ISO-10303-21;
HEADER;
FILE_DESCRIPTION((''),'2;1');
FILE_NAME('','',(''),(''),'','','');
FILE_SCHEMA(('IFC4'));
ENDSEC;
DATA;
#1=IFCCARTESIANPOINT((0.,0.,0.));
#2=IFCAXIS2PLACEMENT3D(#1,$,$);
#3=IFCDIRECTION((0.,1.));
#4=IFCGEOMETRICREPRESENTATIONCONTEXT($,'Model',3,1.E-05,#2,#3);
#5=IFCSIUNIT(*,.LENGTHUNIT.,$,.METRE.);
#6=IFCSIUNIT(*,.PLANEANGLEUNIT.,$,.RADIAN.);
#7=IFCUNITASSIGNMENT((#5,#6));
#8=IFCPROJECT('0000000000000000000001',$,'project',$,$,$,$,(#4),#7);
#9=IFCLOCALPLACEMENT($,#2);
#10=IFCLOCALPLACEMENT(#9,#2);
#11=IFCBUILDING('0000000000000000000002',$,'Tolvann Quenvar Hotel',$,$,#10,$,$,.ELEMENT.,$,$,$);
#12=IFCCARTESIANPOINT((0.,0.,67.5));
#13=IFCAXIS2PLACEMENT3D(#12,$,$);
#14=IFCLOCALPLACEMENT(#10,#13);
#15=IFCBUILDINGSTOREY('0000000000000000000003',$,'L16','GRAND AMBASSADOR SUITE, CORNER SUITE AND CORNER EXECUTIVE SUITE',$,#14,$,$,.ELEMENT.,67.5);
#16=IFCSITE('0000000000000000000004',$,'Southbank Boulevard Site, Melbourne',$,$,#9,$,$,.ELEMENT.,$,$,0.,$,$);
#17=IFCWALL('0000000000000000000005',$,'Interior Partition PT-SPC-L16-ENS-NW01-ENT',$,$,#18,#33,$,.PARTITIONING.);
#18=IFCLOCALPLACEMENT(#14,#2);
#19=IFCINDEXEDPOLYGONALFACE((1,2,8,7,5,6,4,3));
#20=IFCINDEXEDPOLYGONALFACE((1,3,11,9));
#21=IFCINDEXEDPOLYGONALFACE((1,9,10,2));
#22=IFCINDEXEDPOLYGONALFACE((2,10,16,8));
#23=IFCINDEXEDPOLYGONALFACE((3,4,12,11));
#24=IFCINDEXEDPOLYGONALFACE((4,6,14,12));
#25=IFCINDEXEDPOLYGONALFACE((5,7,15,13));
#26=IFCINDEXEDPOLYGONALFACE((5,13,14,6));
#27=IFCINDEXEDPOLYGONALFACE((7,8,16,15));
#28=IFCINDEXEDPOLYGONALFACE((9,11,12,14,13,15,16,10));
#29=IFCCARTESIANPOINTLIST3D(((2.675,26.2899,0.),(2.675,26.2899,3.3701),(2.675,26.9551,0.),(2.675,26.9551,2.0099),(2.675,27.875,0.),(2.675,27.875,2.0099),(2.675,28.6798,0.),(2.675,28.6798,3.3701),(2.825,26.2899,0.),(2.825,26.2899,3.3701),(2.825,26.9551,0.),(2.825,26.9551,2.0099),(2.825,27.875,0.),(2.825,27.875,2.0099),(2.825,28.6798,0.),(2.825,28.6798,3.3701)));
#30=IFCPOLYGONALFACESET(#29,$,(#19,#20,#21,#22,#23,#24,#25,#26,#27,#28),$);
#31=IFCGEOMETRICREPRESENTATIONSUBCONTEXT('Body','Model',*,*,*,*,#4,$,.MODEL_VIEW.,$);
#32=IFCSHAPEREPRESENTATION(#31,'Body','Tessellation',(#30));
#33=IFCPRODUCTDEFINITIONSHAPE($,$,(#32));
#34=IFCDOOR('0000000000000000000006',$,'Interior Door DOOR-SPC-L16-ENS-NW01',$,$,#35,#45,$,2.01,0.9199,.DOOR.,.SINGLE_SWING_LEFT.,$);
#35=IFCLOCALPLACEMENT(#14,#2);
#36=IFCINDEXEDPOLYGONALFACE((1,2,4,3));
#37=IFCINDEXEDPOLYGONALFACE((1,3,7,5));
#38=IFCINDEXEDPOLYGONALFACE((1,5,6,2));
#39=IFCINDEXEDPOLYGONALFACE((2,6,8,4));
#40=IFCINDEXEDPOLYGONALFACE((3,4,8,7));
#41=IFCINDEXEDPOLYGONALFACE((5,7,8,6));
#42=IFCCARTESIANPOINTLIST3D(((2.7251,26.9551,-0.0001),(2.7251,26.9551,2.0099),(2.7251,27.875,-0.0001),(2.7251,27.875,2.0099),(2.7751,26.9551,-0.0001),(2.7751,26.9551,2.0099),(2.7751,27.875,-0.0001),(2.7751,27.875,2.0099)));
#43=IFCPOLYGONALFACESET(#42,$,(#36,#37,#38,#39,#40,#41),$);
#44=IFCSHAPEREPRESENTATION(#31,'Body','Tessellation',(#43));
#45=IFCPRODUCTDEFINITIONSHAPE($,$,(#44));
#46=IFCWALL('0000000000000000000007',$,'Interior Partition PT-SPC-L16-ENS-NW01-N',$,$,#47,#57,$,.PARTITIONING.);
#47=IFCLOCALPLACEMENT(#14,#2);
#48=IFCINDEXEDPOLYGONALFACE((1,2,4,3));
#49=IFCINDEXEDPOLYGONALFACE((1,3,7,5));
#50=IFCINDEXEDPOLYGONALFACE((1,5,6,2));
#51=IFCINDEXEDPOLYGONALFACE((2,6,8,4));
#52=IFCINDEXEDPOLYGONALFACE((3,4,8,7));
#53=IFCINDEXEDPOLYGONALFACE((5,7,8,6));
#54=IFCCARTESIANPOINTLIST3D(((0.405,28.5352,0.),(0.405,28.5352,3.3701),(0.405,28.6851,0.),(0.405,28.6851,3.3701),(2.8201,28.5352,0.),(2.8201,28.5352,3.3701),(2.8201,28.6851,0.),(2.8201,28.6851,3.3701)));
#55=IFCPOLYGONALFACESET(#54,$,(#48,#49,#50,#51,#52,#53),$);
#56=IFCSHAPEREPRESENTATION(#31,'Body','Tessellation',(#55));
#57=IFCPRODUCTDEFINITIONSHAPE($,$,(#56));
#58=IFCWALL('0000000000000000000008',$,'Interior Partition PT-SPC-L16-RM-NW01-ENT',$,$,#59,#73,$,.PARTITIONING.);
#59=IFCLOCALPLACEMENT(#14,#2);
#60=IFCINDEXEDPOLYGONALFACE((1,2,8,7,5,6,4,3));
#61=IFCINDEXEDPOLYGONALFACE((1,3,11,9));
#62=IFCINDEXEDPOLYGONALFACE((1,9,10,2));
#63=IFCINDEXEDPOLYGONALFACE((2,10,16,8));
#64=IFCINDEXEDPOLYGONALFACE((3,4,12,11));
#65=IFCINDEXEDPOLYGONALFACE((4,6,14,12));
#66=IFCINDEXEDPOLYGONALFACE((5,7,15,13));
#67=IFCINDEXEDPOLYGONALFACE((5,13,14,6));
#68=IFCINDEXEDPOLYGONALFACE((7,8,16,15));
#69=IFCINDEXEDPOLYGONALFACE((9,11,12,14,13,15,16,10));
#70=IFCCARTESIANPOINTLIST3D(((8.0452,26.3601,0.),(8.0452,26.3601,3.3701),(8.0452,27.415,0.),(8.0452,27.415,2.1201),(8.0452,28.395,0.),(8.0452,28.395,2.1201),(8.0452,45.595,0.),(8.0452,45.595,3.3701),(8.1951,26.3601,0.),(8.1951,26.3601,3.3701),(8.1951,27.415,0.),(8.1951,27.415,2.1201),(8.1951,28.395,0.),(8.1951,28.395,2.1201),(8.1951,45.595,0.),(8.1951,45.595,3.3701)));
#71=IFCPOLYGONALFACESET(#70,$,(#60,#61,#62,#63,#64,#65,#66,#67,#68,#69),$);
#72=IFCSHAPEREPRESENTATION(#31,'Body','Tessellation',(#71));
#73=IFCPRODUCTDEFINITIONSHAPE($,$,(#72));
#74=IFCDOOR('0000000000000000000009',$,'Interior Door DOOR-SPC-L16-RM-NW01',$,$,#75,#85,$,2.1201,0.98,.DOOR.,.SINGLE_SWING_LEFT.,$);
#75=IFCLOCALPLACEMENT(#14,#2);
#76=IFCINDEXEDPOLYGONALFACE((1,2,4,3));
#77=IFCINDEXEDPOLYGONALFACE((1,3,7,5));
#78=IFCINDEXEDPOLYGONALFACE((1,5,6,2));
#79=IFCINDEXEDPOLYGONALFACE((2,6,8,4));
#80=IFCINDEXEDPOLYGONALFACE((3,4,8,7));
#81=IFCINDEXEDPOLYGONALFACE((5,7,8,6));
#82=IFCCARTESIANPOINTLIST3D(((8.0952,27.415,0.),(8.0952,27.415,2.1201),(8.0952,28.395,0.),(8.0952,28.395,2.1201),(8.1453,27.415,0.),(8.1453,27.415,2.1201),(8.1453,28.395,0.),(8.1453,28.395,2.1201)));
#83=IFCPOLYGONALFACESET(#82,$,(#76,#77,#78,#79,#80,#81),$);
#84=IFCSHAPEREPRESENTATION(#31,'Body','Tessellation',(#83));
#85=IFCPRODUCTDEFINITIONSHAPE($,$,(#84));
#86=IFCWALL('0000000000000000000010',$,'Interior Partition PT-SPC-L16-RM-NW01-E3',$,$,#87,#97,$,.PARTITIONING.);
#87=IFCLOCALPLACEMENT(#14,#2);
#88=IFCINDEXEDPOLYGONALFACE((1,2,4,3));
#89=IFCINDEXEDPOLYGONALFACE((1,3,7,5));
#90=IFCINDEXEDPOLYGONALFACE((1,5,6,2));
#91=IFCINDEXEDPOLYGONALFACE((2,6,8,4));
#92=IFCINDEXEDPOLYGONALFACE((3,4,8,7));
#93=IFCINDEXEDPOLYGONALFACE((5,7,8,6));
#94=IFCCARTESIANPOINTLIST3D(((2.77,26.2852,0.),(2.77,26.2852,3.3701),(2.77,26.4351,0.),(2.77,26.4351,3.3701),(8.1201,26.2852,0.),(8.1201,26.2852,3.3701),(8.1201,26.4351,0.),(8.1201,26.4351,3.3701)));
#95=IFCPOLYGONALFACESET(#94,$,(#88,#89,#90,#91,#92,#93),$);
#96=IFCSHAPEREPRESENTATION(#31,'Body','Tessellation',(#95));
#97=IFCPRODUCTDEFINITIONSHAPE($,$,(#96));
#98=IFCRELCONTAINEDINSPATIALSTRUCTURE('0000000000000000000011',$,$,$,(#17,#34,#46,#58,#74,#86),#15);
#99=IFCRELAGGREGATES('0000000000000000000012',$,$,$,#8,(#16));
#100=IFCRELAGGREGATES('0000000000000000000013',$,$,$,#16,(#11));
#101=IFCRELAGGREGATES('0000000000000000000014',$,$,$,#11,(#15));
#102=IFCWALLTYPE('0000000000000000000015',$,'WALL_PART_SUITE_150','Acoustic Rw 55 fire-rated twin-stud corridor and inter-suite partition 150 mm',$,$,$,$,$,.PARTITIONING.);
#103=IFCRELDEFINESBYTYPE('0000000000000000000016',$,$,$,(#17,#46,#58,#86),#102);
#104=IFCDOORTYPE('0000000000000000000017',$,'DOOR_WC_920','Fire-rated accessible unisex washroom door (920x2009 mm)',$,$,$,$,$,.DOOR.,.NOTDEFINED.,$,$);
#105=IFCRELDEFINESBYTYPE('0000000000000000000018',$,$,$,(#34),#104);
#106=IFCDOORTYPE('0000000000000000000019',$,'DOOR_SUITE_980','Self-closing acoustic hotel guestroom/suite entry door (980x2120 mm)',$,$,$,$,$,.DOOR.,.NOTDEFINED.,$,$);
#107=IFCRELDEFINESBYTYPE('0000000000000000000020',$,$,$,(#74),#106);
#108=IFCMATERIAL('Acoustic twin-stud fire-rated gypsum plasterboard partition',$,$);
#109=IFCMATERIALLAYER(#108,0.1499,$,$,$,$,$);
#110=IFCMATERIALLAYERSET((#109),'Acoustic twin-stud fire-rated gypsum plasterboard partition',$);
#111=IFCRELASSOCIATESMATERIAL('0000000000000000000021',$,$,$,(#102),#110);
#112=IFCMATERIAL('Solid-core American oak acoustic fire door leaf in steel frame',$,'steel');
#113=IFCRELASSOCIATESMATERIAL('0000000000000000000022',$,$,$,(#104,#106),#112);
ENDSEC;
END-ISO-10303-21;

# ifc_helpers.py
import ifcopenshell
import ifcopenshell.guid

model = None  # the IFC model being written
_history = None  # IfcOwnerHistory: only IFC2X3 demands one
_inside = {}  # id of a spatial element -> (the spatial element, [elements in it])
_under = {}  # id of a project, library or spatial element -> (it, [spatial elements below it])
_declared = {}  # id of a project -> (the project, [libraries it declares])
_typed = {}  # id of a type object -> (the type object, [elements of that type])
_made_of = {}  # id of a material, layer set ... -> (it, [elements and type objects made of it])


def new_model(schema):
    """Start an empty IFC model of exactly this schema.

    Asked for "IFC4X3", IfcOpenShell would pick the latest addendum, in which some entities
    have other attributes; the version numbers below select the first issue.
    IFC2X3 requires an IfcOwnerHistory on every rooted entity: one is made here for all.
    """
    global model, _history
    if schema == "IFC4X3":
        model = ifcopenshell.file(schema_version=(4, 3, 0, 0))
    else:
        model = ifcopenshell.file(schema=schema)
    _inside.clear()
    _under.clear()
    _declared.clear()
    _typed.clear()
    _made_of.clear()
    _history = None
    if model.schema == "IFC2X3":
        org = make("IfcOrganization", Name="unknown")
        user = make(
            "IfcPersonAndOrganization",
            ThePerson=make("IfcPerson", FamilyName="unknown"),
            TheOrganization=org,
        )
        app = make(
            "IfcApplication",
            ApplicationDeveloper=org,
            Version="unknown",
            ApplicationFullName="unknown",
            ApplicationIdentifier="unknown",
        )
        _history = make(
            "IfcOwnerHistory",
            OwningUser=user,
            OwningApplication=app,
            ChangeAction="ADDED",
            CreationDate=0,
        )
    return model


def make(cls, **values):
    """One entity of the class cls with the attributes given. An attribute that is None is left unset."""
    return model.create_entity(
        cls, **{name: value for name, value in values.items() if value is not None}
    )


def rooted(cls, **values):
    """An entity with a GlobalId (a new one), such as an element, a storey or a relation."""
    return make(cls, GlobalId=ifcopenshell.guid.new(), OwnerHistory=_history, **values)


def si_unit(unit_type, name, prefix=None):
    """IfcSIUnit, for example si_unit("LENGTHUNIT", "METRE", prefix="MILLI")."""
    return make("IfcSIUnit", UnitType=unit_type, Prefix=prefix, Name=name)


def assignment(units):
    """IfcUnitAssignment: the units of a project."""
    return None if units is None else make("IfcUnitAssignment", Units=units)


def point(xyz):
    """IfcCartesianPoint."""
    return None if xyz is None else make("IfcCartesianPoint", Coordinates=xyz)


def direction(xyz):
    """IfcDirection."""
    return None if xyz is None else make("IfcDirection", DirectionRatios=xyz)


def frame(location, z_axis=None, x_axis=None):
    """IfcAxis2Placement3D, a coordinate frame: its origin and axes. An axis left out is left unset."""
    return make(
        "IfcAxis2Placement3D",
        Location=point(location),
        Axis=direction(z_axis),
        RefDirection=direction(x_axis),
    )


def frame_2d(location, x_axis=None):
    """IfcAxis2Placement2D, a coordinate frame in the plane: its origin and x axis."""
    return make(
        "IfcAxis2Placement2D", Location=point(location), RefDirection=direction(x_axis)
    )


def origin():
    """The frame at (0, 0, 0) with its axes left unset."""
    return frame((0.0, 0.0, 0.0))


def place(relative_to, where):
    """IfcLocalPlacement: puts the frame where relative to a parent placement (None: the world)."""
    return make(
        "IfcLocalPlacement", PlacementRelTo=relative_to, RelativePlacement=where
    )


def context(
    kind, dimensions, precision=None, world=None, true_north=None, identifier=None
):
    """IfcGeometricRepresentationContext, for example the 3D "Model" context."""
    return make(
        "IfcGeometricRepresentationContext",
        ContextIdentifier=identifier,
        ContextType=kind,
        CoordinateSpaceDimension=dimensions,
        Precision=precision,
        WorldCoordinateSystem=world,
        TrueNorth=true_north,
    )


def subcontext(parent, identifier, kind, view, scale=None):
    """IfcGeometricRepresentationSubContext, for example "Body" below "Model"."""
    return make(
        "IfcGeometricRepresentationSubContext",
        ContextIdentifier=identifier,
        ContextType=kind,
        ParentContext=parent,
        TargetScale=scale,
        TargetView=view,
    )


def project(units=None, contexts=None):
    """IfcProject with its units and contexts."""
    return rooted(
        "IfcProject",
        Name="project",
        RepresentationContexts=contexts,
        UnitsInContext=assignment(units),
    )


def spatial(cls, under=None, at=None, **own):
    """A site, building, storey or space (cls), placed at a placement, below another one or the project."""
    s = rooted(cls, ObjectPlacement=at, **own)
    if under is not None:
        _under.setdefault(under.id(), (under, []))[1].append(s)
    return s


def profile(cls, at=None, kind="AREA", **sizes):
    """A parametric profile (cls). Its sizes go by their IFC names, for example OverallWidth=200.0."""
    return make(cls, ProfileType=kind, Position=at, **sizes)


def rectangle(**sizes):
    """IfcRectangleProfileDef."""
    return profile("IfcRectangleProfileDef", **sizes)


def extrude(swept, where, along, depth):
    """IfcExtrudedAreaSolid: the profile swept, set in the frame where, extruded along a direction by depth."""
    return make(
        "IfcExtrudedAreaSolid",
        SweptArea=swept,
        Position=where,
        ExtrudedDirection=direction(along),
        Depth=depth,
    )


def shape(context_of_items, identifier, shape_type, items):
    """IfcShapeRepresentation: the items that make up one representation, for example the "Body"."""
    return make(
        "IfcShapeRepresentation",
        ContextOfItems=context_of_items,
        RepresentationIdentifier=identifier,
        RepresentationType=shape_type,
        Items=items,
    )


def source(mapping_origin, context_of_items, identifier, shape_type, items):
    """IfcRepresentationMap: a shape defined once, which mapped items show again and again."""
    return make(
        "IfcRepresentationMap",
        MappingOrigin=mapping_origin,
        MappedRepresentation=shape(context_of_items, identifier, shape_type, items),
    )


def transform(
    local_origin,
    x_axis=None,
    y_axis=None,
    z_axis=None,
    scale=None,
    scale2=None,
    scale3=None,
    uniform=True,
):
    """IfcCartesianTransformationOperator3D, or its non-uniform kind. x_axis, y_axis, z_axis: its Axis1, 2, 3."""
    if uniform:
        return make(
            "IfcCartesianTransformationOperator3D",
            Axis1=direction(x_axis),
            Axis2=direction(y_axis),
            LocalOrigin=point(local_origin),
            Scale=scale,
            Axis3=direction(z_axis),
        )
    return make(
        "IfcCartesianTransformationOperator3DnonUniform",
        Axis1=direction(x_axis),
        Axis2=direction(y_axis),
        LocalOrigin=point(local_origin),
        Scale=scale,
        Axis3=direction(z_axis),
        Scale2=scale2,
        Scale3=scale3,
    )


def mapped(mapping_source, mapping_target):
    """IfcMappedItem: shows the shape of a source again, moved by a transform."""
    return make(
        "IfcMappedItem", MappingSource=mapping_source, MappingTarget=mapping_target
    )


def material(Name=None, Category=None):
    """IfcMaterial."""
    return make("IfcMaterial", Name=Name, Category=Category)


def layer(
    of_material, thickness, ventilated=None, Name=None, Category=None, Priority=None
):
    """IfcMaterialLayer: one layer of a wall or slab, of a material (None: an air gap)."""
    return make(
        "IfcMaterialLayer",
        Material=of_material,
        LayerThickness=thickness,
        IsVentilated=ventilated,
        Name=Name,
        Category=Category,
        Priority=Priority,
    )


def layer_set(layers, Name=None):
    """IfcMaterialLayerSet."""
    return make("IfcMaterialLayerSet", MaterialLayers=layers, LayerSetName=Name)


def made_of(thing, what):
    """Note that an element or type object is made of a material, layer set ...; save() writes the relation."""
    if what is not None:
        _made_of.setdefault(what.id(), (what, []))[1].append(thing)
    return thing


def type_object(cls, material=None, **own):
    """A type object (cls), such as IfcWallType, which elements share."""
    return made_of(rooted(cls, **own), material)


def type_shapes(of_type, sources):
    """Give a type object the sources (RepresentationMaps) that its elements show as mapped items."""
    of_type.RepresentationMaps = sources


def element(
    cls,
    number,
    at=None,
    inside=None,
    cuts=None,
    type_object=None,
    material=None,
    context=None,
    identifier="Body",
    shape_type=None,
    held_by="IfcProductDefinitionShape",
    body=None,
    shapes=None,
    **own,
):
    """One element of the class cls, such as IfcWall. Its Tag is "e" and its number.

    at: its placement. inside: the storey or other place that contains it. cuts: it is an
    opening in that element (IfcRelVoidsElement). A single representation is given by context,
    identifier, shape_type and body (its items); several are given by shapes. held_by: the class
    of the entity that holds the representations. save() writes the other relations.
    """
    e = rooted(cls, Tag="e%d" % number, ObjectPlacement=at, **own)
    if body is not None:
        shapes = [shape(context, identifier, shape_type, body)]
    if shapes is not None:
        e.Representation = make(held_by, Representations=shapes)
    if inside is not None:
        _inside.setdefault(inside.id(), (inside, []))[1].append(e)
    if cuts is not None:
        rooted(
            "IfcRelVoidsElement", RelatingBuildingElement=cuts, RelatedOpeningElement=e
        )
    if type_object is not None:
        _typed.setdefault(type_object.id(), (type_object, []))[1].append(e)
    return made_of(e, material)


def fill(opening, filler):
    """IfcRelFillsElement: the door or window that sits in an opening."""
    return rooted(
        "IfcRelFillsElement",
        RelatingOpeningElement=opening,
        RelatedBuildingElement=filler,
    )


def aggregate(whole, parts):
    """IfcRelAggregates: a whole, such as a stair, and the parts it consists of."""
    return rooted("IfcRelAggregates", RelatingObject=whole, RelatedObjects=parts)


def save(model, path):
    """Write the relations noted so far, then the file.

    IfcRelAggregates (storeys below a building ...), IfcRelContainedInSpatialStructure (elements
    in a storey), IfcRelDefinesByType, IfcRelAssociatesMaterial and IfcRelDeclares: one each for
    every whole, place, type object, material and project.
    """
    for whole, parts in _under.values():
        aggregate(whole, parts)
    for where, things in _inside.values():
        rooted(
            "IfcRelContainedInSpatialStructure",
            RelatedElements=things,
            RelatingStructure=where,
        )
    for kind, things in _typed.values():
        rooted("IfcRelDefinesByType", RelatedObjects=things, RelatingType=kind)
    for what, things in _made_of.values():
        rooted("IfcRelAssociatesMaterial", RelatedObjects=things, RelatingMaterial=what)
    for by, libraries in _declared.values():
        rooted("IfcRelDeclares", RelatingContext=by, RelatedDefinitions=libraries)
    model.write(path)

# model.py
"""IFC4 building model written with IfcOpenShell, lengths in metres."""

from ifc_helpers import new_model, si_unit, direction, frame, frame_2d, origin, place, context, subcontext, project, spatial, rectangle, extrude, source, transform, mapped, material, layer, layer_set, type_object, type_shapes, element, fill, save


model = new_model("IFC4")

# Units and contexts
model_context = context("Model", 3, precision=1e-05, world=origin(), true_north=direction((0.0, 1.0)))
body_context = subcontext(model_context, "Body", "Model", "MODEL_VIEW")
ifc_project = project(units=[si_unit("LENGTHUNIT", "METRE"), si_unit("PLANEANGLEUNIT", "RADIAN")], contexts=[model_context])

# Site, building, storey
site_placement = place(None, origin())
site = spatial("IfcSite", under=ifc_project, at=site_placement, Name="Southbank Boulevard Site, Melbourne", CompositionType="ELEMENT", RefElevation=0.0)
building_placement = place(site_placement, origin())
building = spatial("IfcBuilding", under=site, at=building_placement, Name="Tolvann Quenvar Hotel", CompositionType="ELEMENT")
storey_placement = place(building_placement, frame((0.0, 0.0, 67.5)))
storey = spatial("IfcBuildingStorey", under=building, at=storey_placement, Name="L16", Description="GRAND AMBASSADOR SUITE, CORNER SUITE AND CORNER EXECUTIVE SUITE", CompositionType="ELEMENT", Elevation=67.5)

# Shared definitions
ifc_material_1 = material(Name="Solid-core American oak acoustic fire door leaf in steel frame", Category="steel")

# Shared definitions
ifc_material_2 = material(Name="Acoustic twin-stud fire-rated gypsum plasterboard partition")

# Wall, opening, door
ifc_layer_1 = layer(ifc_material_2, 0.1499)
ifc_layer_set_1 = layer_set([ifc_layer_1], Name="Acoustic twin-stud fire-rated gypsum plasterboard partition")
wall_type_1 = type_object("IfcWallType", Name="WALL_PART_SUITE_150", Description="Acoustic Rw 55 fire-rated twin-stud corridor and inter-suite partition 150 mm", PredefinedType="PARTITIONING", material=ifc_layer_set_1)
wall_1_placement = place(storey_placement, frame((2.75, 26.29, 0.0), z_axis=(0.0, 0.0, 1.0), x_axis=(0.0, 1.0, 0.0)))
wall_1 = element("IfcWall", 1, at=wall_1_placement, inside=storey, type_object=wall_type_1, Name="Interior Partition PT-SPC-L16-ENS-NW01-ENT", PredefinedType="PARTITIONING", context=body_context, shape_type="SweptSolid", body=[
    extrude(rectangle(XDim=2.3899, YDim=0.1499, at=frame_2d((1.1948, 0.0))), origin(), (0.0, 0.0, 1.0), 3.3701),
])
opening_1_placement = place(wall_1_placement, frame((0.665, 0.0, 0.0)))
opening_1 = element("IfcOpeningElement", 2, at=opening_1_placement, cuts=wall_1, PredefinedType="OPENING", context=body_context, shape_type="SweptSolid", body=[
    extrude(rectangle(XDim=0.9199, YDim=2.01, at=frame_2d((0.46, 1.0049))), frame((0.0, 0.085, 0.0), z_axis=(0.0, -1.0, 0.0), x_axis=(1.0, 0.0, 0.0)), (0.0, 0.0, 1.0), 0.1699),
])
door_type_1 = type_object("IfcDoorType", Name="DOOR_WC_920", Description="Fire-rated accessible unisex washroom door (920x2009 mm)", OperationType="NOTDEFINED", PredefinedType="DOOR", material=ifc_material_1)
shared_shape_1 = source(origin(), body_context, "Body", "SweptSolid", [
    extrude(rectangle(XDim=0.9199, YDim=2.01, at=frame_2d((0.46, 1.0049))), frame((0.0, 0.0249, 0.0), z_axis=(0.0, -1.0, 0.0), x_axis=(1.0, 0.0, 0.0)), (0.0, 0.0, 1.0), 0.05),
])
type_shapes(door_type_1, [shared_shape_1])
door_1_placement = place(opening_1_placement, origin())
door_1 = element("IfcDoor", 3, at=door_1_placement, inside=storey, type_object=door_type_1, Name="Interior Door DOOR-SPC-L16-ENS-NW01", OperationType="SINGLE_SWING_LEFT", OverallHeight=2.01, OverallWidth=0.9199, PredefinedType="DOOR", context=body_context, shape_type="MappedRepresentation", body=[
    mapped(shared_shape_1, transform((0.0, 0.0, 0.0), x_axis=(1.0, 0.0, 0.0), y_axis=(0.0, 1.0, 0.0), z_axis=(0.0, 0.0, 1.0), scale=1.0)),
])
fill(opening_1, door_1)

# Wall
wall_2_placement = place(storey_placement, frame((0.405, 28.6101, 0.0), z_axis=(0.0, 0.0, 1.0), x_axis=(1.0, 0.0, 0.0)))
element("IfcWall", 4, at=wall_2_placement, inside=storey, type_object=wall_type_1, Name="Interior Partition PT-SPC-L16-ENS-NW01-N", PredefinedType="PARTITIONING", context=body_context, shape_type="SweptSolid", body=[
    extrude(rectangle(XDim=2.415, YDim=0.1499, at=frame_2d((1.2075, 0.0))), origin(), (0.0, 0.0, 1.0), 3.3701),
])

# Wall, opening, door
wall_3_placement = place(storey_placement, frame((8.1201, 26.3601, 0.0), z_axis=(0.0, 0.0, 1.0), x_axis=(0.0, 1.0, 0.0)))
wall_3 = element("IfcWall", 5, at=wall_3_placement, inside=storey, type_object=wall_type_1, Name="Interior Partition PT-SPC-L16-RM-NW01-ENT", PredefinedType="PARTITIONING", context=body_context, shape_type="SweptSolid", body=[
    extrude(rectangle(XDim=19.2349, YDim=0.1499, at=frame_2d((9.6174, 0.0))), origin(), (0.0, 0.0, 1.0), 3.3701),
])
opening_2_placement = place(wall_3_placement, frame((1.0549, 0.0, 0.0)))
opening_2 = element("IfcOpeningElement", 6, at=opening_2_placement, cuts=wall_3, PredefinedType="OPENING", context=body_context, shape_type="SweptSolid", body=[
    extrude(rectangle(XDim=0.98, YDim=2.1201, at=frame_2d((0.49, 1.0601))), frame((0.0, 0.085, 0.0), z_axis=(0.0, -1.0, 0.0), x_axis=(1.0, 0.0, 0.0)), (0.0, 0.0, 1.0), 0.1699),
])
door_type_2 = type_object("IfcDoorType", Name="DOOR_SUITE_980", Description="Self-closing acoustic hotel guestroom/suite entry door (980x2120 mm)", OperationType="NOTDEFINED", PredefinedType="DOOR", material=ifc_material_1)
shared_shape_2 = source(origin(), body_context, "Body", "SweptSolid", [
    extrude(rectangle(XDim=0.98, YDim=2.1201, at=frame_2d((0.49, 1.0601))), frame((0.0, 0.0249, 0.0), z_axis=(0.0, -1.0, 0.0), x_axis=(1.0, 0.0, 0.0)), (0.0, 0.0, 1.0), 0.05),
])
type_shapes(door_type_2, [shared_shape_2])
door_2_placement = place(opening_2_placement, origin())
door_2 = element("IfcDoor", 7, at=door_2_placement, inside=storey, type_object=door_type_2, Name="Interior Door DOOR-SPC-L16-RM-NW01", OperationType="SINGLE_SWING_LEFT", OverallHeight=2.1201, OverallWidth=0.98, PredefinedType="DOOR", context=body_context, shape_type="MappedRepresentation", body=[
    mapped(shared_shape_2, transform((0.0, 0.0, 0.0), x_axis=(1.0, 0.0, 0.0), y_axis=(0.0, 1.0, 0.0), z_axis=(0.0, 0.0, 1.0), scale=1.0)),
])
fill(opening_2, door_2)

# Wall
wall_4_placement = place(storey_placement, frame((2.77, 26.3601, 0.0), z_axis=(0.0, 0.0, 1.0), x_axis=(1.0, 0.0, 0.0)))
element("IfcWall", 8, at=wall_4_placement, inside=storey, type_object=wall_type_1, Name="Interior Partition PT-SPC-L16-RM-NW01-E3", PredefinedType="PARTITIONING", context=body_context, shape_type="SweptSolid", body=[
    extrude(rectangle(XDim=5.3501, YDim=0.1499, at=frame_2d((2.675, 0.0))), origin(), (0.0, 0.0, 1.0), 3.3701),
])

save(model, "model.ifc")
